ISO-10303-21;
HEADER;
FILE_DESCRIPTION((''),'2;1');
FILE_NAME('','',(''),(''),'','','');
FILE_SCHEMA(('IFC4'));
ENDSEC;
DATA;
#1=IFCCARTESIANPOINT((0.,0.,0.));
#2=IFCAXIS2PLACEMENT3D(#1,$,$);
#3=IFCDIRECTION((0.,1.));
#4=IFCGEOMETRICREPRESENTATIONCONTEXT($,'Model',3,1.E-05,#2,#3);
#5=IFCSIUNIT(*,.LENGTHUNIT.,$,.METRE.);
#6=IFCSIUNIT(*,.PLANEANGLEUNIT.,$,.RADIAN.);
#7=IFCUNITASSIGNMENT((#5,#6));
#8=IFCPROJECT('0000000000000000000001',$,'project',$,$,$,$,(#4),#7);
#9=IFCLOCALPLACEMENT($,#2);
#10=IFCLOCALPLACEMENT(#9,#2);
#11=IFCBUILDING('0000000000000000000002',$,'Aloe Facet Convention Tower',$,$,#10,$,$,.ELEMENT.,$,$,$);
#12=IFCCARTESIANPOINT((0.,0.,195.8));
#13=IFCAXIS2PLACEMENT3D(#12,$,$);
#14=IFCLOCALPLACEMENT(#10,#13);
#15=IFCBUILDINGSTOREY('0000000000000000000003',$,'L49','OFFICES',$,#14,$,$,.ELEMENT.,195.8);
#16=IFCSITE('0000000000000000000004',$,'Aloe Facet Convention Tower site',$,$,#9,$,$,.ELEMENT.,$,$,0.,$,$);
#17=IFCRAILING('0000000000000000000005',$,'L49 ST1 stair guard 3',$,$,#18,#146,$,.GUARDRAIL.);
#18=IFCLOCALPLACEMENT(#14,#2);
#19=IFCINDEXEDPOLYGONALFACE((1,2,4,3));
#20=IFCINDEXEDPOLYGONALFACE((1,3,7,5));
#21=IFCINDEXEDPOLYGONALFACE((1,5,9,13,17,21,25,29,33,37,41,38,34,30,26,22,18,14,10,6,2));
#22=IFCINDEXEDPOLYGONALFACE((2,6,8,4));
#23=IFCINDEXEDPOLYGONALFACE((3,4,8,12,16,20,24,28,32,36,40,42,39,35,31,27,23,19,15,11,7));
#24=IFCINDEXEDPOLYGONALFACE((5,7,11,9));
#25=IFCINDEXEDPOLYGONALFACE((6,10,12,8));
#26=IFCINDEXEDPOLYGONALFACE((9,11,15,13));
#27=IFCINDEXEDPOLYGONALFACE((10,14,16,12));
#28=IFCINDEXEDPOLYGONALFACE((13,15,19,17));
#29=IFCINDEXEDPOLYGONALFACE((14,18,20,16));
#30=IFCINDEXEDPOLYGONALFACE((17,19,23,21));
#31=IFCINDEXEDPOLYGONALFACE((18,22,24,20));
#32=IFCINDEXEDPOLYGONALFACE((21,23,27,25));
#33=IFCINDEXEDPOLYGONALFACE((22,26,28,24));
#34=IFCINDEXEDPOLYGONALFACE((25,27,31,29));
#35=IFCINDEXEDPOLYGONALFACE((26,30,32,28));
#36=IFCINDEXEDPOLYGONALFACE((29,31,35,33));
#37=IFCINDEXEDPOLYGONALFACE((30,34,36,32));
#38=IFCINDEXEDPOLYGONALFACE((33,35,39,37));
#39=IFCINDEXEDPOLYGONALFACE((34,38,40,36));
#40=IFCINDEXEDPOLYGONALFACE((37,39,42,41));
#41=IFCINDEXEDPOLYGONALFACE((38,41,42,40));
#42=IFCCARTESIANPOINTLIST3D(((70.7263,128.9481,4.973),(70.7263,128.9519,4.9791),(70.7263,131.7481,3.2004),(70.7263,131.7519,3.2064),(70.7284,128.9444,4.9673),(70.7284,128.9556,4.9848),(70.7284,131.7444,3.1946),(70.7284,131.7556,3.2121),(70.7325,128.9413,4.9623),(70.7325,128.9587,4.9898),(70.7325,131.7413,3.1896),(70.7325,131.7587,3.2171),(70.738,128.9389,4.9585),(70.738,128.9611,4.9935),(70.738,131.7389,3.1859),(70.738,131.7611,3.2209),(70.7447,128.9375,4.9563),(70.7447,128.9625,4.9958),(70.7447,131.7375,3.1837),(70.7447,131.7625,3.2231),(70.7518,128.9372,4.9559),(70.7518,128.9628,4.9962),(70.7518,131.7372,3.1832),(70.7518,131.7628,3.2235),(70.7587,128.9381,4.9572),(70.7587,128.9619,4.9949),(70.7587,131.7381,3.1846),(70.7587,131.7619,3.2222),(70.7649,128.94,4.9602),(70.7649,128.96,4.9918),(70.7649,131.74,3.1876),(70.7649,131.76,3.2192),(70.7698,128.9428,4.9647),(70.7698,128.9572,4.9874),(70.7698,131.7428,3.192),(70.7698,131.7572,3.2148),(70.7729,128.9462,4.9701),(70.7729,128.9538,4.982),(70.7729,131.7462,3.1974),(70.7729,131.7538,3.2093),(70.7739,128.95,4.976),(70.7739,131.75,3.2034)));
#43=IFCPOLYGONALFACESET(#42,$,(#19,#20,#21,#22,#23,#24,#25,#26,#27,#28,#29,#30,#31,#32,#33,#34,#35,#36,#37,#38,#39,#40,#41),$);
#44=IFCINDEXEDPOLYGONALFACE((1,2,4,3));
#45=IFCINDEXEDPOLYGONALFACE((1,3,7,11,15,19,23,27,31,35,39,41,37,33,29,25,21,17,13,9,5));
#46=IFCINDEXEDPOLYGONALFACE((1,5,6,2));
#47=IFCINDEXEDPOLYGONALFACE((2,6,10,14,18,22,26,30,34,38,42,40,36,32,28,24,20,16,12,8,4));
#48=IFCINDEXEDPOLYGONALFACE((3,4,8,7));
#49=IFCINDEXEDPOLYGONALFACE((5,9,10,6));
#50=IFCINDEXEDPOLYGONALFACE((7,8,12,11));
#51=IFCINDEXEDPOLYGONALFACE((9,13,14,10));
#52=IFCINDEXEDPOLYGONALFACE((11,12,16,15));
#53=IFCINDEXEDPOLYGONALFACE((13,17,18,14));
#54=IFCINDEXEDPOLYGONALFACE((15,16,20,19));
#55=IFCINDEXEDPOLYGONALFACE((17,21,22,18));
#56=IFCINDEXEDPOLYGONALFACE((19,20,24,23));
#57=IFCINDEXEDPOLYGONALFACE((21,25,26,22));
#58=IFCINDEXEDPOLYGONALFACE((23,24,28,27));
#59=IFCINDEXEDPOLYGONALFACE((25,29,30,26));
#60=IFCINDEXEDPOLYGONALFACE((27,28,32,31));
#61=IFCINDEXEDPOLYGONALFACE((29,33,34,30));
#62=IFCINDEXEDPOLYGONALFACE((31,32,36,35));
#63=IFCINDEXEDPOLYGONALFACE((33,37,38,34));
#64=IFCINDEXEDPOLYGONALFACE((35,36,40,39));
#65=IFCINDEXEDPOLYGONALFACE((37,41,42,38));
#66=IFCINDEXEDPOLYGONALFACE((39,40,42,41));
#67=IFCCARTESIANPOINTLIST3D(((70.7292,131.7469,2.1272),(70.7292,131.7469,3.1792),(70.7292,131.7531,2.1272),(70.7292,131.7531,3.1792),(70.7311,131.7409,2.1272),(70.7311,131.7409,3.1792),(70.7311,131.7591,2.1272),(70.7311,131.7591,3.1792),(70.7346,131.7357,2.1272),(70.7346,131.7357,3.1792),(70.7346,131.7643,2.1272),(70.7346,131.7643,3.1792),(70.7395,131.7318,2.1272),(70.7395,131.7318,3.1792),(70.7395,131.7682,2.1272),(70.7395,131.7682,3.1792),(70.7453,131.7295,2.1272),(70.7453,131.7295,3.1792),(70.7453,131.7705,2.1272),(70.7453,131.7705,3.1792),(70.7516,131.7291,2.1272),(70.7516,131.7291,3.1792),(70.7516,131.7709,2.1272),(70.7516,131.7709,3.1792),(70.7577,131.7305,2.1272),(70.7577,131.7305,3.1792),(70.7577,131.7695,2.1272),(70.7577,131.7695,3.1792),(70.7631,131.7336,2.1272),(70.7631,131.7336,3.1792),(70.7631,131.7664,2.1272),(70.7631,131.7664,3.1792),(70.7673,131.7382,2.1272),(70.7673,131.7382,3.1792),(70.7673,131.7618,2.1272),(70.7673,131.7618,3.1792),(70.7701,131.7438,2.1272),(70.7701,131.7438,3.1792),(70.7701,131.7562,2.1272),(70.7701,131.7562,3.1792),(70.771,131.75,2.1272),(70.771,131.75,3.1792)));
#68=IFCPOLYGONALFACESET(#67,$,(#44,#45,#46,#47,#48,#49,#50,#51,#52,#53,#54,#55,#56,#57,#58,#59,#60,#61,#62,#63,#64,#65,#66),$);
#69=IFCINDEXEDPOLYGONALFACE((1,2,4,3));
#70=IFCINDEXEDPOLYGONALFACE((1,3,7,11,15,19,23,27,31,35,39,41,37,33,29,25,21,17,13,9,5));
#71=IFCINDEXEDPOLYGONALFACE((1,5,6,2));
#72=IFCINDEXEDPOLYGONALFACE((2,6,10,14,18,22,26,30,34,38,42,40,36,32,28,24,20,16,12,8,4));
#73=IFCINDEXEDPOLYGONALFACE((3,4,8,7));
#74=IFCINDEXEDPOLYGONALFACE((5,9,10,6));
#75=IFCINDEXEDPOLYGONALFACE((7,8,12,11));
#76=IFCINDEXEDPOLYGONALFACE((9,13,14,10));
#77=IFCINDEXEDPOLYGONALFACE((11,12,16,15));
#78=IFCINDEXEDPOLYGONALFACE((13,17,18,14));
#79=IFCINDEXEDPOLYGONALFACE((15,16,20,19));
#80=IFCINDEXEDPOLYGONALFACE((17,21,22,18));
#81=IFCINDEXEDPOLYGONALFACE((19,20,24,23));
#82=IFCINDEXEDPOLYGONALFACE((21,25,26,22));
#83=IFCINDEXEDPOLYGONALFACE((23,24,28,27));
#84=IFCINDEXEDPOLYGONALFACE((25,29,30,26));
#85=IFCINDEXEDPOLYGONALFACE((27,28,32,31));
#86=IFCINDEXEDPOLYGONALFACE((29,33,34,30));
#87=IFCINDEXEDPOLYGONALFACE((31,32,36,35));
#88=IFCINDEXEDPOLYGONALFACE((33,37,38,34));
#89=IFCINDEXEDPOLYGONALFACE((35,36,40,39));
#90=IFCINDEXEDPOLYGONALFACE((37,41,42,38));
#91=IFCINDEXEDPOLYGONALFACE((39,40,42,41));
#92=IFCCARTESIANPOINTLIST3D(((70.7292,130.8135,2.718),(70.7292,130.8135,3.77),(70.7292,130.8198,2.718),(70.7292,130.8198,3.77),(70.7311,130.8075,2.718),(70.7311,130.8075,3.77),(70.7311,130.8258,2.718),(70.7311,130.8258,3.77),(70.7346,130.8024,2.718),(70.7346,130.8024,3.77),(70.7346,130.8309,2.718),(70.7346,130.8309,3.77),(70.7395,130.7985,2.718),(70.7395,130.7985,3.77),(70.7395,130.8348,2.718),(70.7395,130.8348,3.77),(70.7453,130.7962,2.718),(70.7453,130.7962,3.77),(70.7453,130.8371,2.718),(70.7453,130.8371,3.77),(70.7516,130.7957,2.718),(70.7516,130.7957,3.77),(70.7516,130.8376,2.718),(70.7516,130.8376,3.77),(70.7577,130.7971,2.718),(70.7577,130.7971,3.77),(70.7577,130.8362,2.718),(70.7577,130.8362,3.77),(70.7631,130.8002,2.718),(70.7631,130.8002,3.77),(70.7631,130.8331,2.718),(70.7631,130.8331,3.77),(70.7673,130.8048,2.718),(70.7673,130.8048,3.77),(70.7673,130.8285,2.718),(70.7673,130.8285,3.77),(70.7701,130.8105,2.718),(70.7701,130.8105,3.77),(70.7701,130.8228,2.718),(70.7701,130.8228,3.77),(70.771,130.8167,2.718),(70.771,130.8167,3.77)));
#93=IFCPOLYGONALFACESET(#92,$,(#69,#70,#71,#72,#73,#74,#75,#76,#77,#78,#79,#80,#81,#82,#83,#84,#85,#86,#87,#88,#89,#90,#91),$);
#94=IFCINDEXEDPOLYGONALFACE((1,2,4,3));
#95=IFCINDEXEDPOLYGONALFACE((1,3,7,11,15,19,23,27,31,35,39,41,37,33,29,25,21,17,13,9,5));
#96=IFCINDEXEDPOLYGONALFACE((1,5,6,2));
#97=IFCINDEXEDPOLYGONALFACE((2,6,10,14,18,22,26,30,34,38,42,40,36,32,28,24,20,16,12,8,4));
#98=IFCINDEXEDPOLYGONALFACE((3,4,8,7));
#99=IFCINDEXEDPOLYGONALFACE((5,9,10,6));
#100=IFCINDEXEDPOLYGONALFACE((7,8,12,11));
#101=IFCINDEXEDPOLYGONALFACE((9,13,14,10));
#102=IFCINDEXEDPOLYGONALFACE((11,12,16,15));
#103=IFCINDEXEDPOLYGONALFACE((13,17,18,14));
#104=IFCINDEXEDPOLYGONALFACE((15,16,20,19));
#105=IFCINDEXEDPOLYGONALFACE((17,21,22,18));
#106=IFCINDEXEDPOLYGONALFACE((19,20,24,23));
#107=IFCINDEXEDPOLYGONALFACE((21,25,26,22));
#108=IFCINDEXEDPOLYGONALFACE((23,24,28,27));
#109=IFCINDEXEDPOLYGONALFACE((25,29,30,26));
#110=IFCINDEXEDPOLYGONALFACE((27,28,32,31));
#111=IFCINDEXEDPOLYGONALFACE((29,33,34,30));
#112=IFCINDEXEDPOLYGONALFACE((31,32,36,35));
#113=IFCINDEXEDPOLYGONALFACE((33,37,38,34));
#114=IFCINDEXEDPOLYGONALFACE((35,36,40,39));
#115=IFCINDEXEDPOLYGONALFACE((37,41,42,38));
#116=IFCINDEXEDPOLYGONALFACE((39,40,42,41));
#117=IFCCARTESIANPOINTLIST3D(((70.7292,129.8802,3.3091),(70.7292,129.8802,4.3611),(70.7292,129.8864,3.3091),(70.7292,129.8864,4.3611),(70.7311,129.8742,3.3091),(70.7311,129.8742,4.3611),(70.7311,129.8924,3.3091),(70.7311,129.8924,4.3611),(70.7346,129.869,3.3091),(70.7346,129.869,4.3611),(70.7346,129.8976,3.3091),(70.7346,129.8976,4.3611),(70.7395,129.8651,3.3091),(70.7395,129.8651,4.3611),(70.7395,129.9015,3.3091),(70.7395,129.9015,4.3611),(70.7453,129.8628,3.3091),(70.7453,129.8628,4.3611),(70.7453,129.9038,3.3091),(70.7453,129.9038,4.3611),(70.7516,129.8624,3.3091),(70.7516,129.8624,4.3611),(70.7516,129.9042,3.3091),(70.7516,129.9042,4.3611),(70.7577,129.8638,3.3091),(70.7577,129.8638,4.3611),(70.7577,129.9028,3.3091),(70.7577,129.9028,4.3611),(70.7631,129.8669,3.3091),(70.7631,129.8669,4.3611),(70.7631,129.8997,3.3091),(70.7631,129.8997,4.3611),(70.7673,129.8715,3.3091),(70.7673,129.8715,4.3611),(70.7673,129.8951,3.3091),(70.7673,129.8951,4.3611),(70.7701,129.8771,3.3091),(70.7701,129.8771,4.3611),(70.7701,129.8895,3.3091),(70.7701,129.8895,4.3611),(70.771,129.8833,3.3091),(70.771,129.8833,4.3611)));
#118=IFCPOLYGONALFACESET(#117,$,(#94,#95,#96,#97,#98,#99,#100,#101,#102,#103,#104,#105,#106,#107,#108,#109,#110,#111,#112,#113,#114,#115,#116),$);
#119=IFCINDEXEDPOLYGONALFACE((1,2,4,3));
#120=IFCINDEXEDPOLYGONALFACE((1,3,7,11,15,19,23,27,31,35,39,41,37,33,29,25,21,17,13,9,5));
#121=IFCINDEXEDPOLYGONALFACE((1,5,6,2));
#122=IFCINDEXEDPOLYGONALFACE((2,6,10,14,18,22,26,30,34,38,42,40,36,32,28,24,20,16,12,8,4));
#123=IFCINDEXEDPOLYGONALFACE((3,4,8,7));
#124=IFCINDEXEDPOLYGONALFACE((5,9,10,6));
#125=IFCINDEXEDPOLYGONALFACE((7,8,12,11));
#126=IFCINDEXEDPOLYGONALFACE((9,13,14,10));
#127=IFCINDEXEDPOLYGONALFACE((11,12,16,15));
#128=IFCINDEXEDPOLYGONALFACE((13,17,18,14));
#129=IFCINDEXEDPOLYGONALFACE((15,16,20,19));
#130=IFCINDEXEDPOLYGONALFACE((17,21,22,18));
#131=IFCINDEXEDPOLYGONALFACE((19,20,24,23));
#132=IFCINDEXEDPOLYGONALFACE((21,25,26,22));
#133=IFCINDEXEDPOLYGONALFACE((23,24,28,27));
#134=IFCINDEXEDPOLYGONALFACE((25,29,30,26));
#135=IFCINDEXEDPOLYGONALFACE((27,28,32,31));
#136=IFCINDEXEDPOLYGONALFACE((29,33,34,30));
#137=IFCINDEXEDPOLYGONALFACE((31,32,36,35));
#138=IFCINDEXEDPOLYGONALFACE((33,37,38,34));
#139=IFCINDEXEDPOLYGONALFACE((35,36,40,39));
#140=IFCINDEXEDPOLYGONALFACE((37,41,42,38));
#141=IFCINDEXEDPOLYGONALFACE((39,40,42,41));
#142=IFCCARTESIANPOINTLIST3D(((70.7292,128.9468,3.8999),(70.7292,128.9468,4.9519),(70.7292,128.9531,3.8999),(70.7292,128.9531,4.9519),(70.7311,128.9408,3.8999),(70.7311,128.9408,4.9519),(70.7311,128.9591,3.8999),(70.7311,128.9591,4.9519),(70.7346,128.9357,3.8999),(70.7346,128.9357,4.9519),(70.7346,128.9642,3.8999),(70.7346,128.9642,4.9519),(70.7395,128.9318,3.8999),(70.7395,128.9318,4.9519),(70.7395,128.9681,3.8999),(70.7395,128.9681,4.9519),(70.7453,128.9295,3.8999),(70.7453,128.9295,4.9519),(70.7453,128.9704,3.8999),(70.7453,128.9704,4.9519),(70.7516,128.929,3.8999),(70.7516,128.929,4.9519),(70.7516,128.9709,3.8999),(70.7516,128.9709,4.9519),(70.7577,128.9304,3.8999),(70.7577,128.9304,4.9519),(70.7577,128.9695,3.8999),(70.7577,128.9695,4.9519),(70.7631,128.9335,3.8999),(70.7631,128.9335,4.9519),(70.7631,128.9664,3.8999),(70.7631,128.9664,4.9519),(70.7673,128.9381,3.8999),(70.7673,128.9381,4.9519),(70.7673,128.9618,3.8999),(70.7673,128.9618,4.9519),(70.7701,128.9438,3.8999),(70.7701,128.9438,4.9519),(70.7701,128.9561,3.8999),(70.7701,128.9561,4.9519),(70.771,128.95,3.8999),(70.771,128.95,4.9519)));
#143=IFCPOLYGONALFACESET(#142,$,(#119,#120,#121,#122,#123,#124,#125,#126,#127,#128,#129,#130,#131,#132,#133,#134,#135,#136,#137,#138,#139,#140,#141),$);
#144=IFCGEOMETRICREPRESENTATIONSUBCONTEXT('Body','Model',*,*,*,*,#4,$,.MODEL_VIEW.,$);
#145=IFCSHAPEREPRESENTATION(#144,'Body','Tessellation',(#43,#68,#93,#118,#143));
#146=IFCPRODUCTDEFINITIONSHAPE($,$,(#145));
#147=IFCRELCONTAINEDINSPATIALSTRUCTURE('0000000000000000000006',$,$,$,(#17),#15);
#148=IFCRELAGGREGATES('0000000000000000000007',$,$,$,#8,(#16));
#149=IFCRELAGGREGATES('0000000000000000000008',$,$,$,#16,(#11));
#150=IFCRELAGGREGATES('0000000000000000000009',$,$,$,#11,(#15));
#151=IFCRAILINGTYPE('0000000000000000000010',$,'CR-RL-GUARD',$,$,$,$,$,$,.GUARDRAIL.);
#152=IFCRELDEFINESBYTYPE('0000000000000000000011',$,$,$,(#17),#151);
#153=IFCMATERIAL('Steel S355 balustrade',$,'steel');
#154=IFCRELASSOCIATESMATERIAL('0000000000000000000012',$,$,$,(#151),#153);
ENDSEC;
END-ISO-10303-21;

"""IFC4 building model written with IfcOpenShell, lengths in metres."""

from ifc_helpers import new_model, si_unit, direction, frame, origin, origin_2d, place, context, subcontext, project, spatial, circle, extrude, material, type_object, element, save


model = new_model("IFC4")

# Units and contexts
model_context = context("Model", 3, precision=1e-05, world=origin(), true_north=direction((0.0, 1.0)))
body_context = subcontext(model_context, "Body", "Model", "MODEL_VIEW")
ifc_project = project(units=[si_unit("LENGTHUNIT", "METRE"), si_unit("PLANEANGLEUNIT", "RADIAN")], contexts=[model_context])

# Site, building, storey
site_placement = place(None, origin())
site = spatial("IfcSite", under=ifc_project, at=site_placement, Name="Aloe Facet Convention Tower site", CompositionType="ELEMENT", RefElevation=0.0)
building_placement = place(site_placement, origin())
building = spatial("IfcBuilding", under=site, at=building_placement, Name="Aloe Facet Convention Tower", CompositionType="ELEMENT")
storey_placement = place(building_placement, frame((0.0, 0.0, 195.8)))
storey = spatial("IfcBuildingStorey", under=building, at=storey_placement, Name="L49", Description="OFFICES", CompositionType="ELEMENT", Elevation=195.8)

# Railing
ifc_material_1 = material(Name="Steel S355 balustrade", Category="steel")
railing_type_1 = type_object("IfcRailingType", Name="CR-RL-GUARD", PredefinedType="GUARDRAIL", material=ifc_material_1)
railing_1_placement = place(storey_placement, frame((70.75, 131.75, 2.1272)))
element("IfcRailing", 1, at=railing_1_placement, inside=storey, type_object=railing_type_1, Name="L49 ST1 stair guard 3", PredefinedType="GUARDRAIL", context=body_context, shape_type="SweptSolid", body=[
    extrude(circle(Radius=0.0239, at=origin_2d()), frame((0.0, 0.0, 1.0762), z_axis=(0.0, -0.844909, 0.53491), x_axis=(1.0, 0.0, 0.0)), (0.0, 0.0, 1.0), 3.314),
    extrude(circle(Radius=0.021, at=origin_2d()), origin(), (0.0, 0.0, 1.0), 1.052),
    extrude(circle(Radius=0.021, at=origin_2d()), frame((0.0, -0.9333, 0.5908)), (0.0, 0.0, 1.0), 1.052),
    extrude(circle(Radius=0.021, at=origin_2d()), frame((0.0, -1.8667, 1.1819)), (0.0, 0.0, 1.0), 1.052),
    extrude(circle(Radius=0.021, at=origin_2d()), frame((0.0, -2.8, 1.7727)), (0.0, 0.0, 1.0), 1.052),
])

save(model, "model.ifc")
